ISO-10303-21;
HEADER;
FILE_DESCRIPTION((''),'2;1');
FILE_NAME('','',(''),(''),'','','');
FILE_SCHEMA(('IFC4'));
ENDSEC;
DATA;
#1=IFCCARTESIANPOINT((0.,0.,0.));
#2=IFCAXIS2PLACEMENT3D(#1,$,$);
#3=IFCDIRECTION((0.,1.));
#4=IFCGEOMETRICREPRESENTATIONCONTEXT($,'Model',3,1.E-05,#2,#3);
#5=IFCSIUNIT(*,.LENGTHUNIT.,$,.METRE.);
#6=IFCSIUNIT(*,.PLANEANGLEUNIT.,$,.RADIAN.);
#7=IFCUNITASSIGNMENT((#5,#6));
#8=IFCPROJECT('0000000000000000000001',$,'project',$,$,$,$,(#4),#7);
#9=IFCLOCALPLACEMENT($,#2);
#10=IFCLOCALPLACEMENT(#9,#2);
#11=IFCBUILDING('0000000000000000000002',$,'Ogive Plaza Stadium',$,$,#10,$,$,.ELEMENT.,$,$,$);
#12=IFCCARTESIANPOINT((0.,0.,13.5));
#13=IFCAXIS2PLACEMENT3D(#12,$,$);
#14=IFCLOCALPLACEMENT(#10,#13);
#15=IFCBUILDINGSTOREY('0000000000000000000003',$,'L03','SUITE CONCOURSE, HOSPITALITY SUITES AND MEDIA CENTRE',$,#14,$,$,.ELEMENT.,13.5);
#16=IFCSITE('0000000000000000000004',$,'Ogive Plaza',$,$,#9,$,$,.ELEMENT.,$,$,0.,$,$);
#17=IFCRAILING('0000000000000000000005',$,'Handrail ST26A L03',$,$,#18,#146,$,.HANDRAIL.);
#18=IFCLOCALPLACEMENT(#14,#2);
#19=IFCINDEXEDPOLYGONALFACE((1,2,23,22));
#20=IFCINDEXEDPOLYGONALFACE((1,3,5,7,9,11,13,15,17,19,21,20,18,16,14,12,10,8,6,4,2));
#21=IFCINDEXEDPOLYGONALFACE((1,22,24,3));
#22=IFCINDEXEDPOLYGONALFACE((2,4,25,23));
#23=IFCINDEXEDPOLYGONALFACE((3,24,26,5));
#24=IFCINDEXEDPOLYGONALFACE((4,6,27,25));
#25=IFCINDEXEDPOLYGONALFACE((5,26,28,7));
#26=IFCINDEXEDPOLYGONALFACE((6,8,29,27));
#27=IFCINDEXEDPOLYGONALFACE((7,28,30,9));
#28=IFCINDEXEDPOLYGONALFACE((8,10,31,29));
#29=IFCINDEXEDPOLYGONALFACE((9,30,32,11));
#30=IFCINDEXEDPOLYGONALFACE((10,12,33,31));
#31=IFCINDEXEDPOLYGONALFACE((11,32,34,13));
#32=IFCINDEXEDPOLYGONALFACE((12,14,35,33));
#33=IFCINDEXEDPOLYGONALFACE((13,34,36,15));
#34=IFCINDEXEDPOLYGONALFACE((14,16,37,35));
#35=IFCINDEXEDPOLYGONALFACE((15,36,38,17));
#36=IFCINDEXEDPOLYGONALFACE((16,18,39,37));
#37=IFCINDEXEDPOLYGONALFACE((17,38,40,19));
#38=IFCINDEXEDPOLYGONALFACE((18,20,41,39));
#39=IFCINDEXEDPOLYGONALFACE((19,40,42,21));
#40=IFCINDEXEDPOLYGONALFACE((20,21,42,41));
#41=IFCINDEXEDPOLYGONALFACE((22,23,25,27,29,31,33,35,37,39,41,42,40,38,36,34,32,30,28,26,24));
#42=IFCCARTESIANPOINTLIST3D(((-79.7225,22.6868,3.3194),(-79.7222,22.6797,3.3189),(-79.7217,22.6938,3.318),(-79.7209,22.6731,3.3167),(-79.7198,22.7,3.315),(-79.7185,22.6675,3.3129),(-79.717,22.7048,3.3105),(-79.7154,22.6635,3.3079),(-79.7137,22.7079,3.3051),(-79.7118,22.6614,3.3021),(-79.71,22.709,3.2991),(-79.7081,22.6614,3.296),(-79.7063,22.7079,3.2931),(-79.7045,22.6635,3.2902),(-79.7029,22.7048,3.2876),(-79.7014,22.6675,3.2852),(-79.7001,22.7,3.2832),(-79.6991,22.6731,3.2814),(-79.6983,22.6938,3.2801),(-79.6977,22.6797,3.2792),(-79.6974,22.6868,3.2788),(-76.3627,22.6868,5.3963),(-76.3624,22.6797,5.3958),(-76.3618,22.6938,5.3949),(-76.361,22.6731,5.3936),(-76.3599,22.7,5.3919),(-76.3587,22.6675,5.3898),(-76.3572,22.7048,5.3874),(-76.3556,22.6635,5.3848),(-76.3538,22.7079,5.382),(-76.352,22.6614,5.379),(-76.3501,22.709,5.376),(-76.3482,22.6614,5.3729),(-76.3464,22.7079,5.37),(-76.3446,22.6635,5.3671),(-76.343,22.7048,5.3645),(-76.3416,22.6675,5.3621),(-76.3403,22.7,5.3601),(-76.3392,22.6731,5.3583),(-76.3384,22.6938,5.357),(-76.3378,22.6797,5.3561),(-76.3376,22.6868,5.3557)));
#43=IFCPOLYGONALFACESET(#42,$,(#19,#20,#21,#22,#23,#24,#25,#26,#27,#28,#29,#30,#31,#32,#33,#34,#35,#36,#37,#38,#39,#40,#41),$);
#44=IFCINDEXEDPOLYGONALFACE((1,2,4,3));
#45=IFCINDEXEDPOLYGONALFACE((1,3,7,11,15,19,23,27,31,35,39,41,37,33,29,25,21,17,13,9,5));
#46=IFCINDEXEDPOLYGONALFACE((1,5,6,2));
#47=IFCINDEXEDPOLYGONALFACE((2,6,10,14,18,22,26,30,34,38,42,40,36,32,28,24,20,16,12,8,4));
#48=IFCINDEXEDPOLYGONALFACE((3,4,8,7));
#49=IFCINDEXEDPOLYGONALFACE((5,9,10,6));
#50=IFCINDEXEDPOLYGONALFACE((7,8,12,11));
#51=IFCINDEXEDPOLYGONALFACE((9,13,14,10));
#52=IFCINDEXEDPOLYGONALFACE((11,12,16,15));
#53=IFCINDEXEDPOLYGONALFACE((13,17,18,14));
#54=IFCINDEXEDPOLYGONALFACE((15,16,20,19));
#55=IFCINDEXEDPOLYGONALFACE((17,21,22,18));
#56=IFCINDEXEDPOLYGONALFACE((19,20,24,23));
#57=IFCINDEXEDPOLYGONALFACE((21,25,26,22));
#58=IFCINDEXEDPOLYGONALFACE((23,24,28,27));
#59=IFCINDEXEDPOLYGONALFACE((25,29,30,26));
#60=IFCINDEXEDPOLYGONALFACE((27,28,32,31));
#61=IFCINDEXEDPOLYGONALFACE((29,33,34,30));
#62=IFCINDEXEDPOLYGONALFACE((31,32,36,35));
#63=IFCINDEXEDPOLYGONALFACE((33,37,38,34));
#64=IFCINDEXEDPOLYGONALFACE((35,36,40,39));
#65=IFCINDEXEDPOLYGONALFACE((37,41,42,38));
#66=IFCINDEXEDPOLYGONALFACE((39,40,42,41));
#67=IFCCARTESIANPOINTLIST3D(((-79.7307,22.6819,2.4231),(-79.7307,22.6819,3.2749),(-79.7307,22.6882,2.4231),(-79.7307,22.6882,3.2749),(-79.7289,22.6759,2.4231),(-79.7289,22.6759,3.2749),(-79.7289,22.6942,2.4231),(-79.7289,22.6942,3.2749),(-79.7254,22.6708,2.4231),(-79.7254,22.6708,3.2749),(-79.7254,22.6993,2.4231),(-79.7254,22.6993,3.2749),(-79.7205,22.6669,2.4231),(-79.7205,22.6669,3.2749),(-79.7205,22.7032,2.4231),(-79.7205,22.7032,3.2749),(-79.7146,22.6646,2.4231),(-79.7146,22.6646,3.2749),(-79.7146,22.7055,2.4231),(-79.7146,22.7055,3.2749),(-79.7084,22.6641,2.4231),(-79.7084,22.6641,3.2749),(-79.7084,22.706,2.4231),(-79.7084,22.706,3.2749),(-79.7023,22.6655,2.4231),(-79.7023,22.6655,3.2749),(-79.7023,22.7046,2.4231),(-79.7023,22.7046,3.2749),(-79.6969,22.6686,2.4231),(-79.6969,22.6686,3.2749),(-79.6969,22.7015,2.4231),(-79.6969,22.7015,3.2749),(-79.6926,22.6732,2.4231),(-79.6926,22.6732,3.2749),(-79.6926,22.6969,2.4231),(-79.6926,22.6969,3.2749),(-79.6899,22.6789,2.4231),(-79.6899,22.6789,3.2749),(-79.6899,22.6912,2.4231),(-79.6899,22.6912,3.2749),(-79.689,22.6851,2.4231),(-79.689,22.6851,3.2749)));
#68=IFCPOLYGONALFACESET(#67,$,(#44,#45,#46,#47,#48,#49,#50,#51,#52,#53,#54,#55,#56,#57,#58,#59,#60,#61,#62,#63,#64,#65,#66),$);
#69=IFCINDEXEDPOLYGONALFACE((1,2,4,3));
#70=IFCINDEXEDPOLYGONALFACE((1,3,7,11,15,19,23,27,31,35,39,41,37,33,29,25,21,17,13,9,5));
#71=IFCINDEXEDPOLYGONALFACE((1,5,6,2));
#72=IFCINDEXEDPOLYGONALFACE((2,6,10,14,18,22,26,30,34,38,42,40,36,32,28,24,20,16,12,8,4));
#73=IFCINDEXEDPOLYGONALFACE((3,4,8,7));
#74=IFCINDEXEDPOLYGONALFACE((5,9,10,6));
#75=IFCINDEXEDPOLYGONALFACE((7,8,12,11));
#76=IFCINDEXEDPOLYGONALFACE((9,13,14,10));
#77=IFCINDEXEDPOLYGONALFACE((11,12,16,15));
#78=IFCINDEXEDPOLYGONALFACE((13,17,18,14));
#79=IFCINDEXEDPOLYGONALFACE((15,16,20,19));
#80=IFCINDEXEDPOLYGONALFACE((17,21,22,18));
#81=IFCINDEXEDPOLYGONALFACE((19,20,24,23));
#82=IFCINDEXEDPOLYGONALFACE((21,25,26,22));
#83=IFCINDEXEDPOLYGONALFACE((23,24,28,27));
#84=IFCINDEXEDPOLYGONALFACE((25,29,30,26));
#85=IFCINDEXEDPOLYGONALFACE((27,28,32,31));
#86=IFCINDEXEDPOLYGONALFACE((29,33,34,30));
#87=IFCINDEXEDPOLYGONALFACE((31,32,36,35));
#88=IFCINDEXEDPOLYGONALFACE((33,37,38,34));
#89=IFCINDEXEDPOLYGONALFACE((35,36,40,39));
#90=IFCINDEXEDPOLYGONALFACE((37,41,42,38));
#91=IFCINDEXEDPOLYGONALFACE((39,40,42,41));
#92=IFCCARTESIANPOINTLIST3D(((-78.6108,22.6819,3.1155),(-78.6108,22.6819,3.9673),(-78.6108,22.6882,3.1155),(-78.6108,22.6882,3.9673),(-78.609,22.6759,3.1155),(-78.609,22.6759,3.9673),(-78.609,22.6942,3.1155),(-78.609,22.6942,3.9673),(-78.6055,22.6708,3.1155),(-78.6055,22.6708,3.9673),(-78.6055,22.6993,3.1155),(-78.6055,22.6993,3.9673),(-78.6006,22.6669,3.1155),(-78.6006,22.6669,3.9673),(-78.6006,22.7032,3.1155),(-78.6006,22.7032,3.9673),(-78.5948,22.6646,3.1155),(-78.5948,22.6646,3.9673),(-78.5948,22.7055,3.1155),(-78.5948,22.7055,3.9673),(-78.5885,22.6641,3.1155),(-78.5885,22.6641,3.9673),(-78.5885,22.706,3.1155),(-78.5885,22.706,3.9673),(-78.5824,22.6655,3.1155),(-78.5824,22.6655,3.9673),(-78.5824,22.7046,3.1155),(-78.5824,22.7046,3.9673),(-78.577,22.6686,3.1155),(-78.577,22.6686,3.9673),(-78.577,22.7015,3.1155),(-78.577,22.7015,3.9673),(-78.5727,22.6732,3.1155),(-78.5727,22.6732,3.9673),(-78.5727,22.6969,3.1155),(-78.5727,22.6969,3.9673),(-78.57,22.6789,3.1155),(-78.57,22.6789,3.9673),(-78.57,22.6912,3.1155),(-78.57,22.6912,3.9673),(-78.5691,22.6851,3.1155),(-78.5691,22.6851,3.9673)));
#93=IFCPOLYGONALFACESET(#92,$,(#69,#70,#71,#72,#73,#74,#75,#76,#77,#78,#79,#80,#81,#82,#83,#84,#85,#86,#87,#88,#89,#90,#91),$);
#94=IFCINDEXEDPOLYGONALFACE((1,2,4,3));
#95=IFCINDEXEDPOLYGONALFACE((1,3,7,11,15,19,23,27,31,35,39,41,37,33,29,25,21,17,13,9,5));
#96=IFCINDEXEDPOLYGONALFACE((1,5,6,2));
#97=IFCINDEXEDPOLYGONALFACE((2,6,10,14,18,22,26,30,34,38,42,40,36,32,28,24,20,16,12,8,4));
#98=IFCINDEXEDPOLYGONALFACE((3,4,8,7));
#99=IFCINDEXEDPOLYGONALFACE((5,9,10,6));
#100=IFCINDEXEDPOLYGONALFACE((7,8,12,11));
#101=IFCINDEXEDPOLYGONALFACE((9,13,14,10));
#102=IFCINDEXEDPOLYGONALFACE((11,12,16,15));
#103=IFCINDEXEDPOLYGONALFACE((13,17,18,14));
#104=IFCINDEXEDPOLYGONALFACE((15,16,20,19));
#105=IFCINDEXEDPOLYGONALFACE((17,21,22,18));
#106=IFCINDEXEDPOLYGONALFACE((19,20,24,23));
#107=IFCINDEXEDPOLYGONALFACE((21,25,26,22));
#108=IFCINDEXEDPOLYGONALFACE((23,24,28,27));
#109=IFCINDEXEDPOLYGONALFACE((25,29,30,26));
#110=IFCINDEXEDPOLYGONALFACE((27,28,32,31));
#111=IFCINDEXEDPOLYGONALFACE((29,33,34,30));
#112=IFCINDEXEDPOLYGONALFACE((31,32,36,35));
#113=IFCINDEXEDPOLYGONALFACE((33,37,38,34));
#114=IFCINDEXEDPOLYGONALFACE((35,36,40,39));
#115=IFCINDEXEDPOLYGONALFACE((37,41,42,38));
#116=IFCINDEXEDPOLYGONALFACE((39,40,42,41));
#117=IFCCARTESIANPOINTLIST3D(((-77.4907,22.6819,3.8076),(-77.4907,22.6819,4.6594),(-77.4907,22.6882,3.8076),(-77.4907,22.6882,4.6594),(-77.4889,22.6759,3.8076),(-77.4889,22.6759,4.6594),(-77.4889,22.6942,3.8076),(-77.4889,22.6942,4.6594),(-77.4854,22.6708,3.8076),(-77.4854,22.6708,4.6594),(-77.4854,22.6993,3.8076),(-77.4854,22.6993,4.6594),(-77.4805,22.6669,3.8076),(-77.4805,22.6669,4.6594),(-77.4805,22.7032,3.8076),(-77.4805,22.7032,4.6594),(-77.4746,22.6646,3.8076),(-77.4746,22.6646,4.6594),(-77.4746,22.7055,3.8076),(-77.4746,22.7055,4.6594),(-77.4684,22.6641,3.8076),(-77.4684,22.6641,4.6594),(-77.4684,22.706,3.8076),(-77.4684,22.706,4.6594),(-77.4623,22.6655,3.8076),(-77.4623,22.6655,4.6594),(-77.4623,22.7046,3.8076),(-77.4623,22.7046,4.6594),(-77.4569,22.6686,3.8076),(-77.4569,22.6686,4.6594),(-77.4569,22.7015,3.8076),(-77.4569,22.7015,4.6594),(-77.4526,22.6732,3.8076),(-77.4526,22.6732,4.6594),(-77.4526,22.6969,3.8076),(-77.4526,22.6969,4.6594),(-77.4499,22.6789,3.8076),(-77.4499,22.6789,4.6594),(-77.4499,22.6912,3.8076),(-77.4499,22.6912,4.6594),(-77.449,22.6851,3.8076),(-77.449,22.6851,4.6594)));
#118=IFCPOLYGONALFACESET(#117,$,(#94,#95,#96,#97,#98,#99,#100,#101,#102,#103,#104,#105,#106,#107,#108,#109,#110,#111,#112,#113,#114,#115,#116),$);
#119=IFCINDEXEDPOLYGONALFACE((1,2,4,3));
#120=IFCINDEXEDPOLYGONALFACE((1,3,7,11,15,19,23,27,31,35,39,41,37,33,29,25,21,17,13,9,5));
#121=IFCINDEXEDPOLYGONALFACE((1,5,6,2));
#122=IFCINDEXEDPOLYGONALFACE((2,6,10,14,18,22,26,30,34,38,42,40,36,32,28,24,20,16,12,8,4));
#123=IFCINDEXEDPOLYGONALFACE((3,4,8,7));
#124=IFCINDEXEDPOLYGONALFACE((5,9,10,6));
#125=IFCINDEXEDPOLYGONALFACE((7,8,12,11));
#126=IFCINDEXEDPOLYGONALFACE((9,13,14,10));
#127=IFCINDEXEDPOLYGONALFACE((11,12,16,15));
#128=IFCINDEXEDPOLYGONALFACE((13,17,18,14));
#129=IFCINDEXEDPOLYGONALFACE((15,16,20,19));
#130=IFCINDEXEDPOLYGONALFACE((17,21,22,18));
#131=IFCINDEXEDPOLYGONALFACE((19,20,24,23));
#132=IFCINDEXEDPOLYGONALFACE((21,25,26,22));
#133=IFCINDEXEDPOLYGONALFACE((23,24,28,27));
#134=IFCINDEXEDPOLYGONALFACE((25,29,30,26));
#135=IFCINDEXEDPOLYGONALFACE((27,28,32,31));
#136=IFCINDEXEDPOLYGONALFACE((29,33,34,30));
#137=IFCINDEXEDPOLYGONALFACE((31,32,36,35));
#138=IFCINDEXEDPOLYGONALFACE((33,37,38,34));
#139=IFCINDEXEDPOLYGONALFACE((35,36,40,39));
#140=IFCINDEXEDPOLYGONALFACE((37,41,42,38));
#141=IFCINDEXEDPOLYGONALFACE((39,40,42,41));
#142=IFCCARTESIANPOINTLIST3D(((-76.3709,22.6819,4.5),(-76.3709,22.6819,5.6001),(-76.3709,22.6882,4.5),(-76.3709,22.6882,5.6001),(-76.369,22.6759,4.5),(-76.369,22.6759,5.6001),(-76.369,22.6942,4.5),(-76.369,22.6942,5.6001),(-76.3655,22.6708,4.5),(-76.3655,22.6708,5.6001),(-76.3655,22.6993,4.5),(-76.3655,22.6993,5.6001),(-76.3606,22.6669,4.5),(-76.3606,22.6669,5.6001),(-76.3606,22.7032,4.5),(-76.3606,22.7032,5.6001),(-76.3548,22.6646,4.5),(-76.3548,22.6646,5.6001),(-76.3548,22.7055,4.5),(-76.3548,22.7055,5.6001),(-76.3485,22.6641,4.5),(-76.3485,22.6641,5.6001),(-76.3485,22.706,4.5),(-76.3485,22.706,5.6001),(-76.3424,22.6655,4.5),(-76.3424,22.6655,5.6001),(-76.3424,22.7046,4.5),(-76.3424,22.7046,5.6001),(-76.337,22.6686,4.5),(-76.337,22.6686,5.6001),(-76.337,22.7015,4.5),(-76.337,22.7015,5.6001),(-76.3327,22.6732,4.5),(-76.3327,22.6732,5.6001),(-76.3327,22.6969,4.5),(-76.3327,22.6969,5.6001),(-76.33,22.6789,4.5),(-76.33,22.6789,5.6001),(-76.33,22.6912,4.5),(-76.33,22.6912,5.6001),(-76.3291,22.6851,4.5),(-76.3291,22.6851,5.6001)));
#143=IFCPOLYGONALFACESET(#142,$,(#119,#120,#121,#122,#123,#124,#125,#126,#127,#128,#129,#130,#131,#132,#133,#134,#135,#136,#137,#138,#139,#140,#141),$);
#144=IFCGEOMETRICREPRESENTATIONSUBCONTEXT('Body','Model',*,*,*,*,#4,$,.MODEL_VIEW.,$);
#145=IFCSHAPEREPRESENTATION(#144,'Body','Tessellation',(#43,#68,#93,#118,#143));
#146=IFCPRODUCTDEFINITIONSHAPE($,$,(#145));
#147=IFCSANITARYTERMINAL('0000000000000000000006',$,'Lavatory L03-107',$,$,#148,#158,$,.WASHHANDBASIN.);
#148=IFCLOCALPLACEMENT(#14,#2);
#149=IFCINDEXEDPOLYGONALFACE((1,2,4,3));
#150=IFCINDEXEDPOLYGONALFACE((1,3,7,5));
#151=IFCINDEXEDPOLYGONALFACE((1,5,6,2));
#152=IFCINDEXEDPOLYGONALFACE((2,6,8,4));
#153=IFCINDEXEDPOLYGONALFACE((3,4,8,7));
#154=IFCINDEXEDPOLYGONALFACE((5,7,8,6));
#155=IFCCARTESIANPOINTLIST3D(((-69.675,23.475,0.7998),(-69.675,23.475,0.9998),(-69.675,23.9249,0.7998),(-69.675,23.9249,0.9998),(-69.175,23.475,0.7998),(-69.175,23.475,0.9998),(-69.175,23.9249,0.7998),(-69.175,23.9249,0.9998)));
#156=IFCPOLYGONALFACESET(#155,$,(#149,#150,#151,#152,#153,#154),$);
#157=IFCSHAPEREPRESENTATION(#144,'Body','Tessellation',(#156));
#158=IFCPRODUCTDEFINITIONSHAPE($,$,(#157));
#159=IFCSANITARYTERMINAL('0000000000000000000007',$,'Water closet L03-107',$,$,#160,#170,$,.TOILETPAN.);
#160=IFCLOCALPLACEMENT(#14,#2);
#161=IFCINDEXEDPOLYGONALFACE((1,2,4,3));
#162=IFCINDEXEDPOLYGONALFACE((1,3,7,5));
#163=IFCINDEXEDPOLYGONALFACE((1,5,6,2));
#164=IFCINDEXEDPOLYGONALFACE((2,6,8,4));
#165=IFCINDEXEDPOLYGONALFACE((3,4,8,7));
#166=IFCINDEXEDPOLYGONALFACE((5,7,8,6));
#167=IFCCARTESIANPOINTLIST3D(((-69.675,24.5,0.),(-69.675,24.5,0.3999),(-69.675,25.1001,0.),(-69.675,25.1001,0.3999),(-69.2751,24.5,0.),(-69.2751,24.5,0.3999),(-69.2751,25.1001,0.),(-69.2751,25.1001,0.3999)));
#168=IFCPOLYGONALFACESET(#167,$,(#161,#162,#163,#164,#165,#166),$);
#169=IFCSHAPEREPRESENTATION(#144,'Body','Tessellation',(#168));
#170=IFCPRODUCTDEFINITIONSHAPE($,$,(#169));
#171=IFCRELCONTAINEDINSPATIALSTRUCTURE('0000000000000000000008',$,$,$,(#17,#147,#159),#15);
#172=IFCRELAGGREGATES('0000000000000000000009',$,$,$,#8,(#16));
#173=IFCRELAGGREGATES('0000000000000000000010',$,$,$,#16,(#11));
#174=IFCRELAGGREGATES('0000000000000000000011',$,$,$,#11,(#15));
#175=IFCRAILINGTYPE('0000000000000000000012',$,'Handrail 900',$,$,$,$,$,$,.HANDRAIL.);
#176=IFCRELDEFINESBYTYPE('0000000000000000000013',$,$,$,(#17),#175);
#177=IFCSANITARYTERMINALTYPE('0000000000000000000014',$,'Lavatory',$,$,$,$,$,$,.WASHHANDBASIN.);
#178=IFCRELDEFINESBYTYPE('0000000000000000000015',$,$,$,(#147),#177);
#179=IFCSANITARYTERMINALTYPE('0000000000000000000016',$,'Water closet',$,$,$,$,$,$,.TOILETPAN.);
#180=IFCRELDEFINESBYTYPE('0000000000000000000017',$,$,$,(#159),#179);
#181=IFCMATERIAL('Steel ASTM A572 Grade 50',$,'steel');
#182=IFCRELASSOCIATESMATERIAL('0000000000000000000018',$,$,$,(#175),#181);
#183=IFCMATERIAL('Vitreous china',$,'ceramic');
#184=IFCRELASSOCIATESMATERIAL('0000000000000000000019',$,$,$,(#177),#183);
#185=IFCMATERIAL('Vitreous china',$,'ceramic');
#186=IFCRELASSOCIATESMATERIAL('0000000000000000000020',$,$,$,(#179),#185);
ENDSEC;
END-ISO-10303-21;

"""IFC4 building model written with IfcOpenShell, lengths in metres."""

from ifc_helpers import new_model, si_unit, direction, frame, origin, origin_2d, place, context, subcontext, project, spatial, rectangle, circle, extrude, material, type_object, element, save


model = new_model("IFC4")

# Units and contexts
model_context = context("Model", 3, precision=1e-05, world=origin(), true_north=direction((0.0, 1.0)))
body_context = subcontext(model_context, "Body", "Model", "MODEL_VIEW")
ifc_project = project(units=[si_unit("LENGTHUNIT", "METRE"), si_unit("PLANEANGLEUNIT", "RADIAN")], contexts=[model_context])

# Site, building, storey
site_placement = place(None, origin())
site = spatial("IfcSite", under=ifc_project, at=site_placement, Name="Ogive Plaza", CompositionType="ELEMENT", RefElevation=0.0)
building_placement = place(site_placement, origin())
building = spatial("IfcBuilding", under=site, at=building_placement, Name="Ogive Plaza Stadium", CompositionType="ELEMENT")
storey_placement = place(building_placement, frame((0.0, 0.0, 13.5)))
storey = spatial("IfcBuildingStorey", under=building, at=storey_placement, Name="L03", Description="SUITE CONCOURSE, HOSPITALITY SUITES AND MEDIA CENTRE", CompositionType="ELEMENT", Elevation=13.5)

# Railing
ifc_material_1 = material(Name="Steel ASTM A572 Grade 50", Category="steel")
railing_type_1 = type_object("IfcRailingType", Name="Handrail 900", PredefinedType="HANDRAIL", material=ifc_material_1)
for number, where, name in (
    (1, (-79.71, 22.6851, 2.4231), "Handrail ST26A L03"),
):
    element("IfcRailing", number, at=place(storey_placement, frame(where)), inside=storey, type_object=railing_type_1, Name=name, PredefinedType="HANDRAIL", context=body_context, shape_type="SweptSolid", body=[
        extrude(circle(Radius=0.0239, at=origin_2d()), frame((0.0, 0.0, 0.876), z_axis=(0.850606, 0.0, 0.525803), x_axis=(0.0, 1.0, 0.0)), (0.0, 0.0, 1.0), 3.95),
        extrude(circle(Radius=0.021, at=origin_2d()), origin(), (0.0, 0.0, 1.0), 0.8518),
        extrude(circle(Radius=0.021, at=origin_2d()), frame((1.1199, 0.0, 0.6924)), (0.0, 0.0, 1.0), 0.8518),
        extrude(circle(Radius=0.021, at=origin_2d()), frame((2.24, 0.0, 1.3845)), (0.0, 0.0, 1.0), 0.8518),
        extrude(circle(Radius=0.021, at=origin_2d()), frame((3.3599, 0.0, 2.0769)), (0.0, 0.0, 1.0), 1.1001),
    ])

# Sanitary terminals
ifc_material_2 = material(Name="Vitreous china", Category="ceramic")
sanitary_terminal_type_1 = type_object("IfcSanitaryTerminalType", Name="Lavatory", PredefinedType="WASHHANDBASIN", material=ifc_material_2)
sanitary_terminal_1_placement = place(storey_placement, frame((-69.425, 23.7, 0.7998), z_axis=(0.0, 0.0, 1.0), x_axis=(1.0, 0.0, 0.0)))
element("IfcSanitaryTerminal", 2, at=sanitary_terminal_1_placement, inside=storey, type_object=sanitary_terminal_type_1, Name="Lavatory L03-107", PredefinedType="WASHHANDBASIN", context=body_context, shape_type="SweptSolid", body=[
    extrude(rectangle(XDim=0.5, YDim=0.45, at=origin_2d()), origin(), (0.0, 0.0, 1.0), 0.2),
])
ifc_material_3 = material(Name="Vitreous china", Category="ceramic")
sanitary_terminal_type_2 = type_object("IfcSanitaryTerminalType", Name="Water closet", PredefinedType="TOILETPAN", material=ifc_material_3)
sanitary_terminal_2_placement = place(storey_placement, frame((-69.4751, 24.8, 0.0), z_axis=(0.0, 0.0, 1.0), x_axis=(1.0, 0.0, 0.0)))
element("IfcSanitaryTerminal", 3, at=sanitary_terminal_2_placement, inside=storey, type_object=sanitary_terminal_type_2, Name="Water closet L03-107", PredefinedType="TOILETPAN", context=body_context, shape_type="SweptSolid", body=[
    extrude(rectangle(XDim=0.3999, YDim=0.6001, at=origin_2d()), origin(), (0.0, 0.0, 1.0), 0.3999),
])

save(model, "model.ifc")
